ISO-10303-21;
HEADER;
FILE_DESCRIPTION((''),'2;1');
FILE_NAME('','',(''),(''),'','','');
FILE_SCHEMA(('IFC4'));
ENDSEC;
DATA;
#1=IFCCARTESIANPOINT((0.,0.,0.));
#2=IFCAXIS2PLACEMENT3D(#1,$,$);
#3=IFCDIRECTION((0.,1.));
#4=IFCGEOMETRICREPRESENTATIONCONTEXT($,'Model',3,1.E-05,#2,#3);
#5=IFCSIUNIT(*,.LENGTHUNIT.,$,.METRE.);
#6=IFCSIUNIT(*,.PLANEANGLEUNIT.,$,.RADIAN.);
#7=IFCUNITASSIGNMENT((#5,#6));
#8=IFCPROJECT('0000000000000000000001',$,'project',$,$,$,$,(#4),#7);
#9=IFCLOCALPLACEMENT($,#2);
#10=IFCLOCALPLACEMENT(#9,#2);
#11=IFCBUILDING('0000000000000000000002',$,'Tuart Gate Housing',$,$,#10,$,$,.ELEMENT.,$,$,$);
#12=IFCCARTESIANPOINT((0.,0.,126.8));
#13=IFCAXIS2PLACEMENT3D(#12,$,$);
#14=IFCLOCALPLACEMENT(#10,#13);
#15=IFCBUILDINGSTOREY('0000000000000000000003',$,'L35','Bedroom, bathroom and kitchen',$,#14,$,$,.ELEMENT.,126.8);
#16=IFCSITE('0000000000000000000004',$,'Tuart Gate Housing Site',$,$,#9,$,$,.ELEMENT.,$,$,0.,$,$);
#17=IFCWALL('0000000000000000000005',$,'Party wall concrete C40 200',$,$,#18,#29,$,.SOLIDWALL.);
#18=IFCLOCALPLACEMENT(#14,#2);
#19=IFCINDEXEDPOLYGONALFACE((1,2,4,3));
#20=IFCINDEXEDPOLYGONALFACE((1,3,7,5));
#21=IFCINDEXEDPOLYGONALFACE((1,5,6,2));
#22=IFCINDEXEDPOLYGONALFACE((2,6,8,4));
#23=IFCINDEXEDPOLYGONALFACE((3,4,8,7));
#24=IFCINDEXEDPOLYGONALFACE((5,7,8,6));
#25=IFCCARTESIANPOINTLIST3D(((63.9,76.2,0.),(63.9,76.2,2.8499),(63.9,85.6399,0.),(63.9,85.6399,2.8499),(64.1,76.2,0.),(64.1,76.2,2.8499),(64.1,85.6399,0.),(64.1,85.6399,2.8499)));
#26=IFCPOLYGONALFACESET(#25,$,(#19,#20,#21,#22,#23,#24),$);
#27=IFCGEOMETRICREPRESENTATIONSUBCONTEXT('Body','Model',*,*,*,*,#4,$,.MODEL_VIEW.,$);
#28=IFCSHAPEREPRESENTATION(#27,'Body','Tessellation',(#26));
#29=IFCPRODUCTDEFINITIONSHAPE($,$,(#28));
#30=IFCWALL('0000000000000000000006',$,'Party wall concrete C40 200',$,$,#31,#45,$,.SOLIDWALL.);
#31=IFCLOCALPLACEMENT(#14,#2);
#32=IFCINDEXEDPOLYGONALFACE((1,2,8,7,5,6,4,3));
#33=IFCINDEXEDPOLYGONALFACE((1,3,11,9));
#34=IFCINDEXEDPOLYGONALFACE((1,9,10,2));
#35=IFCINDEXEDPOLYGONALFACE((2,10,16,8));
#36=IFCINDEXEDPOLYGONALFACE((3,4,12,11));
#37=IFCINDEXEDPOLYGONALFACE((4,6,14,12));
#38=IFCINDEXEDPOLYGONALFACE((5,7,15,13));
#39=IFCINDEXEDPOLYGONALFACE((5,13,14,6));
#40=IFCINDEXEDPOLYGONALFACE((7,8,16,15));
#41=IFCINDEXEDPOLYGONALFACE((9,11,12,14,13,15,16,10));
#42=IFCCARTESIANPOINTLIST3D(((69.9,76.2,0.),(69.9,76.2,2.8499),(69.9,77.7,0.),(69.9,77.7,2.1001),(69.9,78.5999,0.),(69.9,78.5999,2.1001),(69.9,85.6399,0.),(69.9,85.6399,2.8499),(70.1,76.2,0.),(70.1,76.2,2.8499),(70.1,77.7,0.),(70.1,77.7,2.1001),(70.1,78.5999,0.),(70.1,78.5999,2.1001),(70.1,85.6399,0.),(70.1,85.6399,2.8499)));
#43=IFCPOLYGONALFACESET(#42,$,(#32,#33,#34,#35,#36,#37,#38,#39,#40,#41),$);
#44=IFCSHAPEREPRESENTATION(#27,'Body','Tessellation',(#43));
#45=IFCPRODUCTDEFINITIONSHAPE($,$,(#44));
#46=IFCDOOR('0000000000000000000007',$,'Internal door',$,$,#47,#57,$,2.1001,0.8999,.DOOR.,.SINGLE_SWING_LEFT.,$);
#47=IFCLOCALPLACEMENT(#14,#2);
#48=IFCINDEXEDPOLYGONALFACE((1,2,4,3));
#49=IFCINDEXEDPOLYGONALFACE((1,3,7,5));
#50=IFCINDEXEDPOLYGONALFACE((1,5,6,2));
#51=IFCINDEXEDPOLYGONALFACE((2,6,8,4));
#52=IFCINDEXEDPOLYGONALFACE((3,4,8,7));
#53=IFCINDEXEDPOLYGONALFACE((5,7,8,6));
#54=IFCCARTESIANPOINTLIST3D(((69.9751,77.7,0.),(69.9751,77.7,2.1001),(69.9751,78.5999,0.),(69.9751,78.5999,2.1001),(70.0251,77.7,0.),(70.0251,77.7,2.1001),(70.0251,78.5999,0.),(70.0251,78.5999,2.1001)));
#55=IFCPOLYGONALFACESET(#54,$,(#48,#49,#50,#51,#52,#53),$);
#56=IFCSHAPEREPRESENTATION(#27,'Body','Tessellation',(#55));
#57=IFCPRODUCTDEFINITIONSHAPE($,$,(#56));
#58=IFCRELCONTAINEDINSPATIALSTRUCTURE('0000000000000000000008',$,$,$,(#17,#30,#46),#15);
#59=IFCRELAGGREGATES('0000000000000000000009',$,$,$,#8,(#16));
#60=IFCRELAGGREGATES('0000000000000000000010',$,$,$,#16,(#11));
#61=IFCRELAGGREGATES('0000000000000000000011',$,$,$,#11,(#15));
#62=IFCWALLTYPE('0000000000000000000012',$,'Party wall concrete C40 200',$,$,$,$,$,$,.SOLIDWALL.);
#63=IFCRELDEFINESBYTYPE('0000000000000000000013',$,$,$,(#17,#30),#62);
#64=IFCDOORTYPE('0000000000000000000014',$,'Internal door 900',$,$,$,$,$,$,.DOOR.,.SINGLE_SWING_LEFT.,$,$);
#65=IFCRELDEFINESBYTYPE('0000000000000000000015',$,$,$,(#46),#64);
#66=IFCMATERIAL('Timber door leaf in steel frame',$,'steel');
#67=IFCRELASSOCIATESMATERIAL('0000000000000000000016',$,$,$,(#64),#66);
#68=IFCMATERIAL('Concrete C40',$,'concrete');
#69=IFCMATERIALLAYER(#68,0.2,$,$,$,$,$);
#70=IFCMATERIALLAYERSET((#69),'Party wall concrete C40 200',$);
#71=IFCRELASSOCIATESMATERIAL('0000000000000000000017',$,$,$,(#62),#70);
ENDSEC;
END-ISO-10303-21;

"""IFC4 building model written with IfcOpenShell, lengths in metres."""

from ifc_helpers import new_model, si_unit, direction, frame, frame_2d, origin, place, context, subcontext, project, spatial, rectangle, extrude, material, layer, layer_set, type_object, element, fill, save


model = new_model("IFC4")

# Units and contexts
model_context = context("Model", 3, precision=1e-05, world=origin(), true_north=direction((0.0, 1.0)))
body_context = subcontext(model_context, "Body", "Model", "MODEL_VIEW")
ifc_project = project(units=[si_unit("LENGTHUNIT", "METRE"), si_unit("PLANEANGLEUNIT", "RADIAN")], contexts=[model_context])

# Site, building, storey
site_placement = place(None, origin())
site = spatial("IfcSite", under=ifc_project, at=site_placement, Name="Tuart Gate Housing Site", CompositionType="ELEMENT", RefElevation=0.0)
building_placement = place(site_placement, origin())
building = spatial("IfcBuilding", under=site, at=building_placement, Name="Tuart Gate Housing", CompositionType="ELEMENT")
storey_placement = place(building_placement, frame((0.0, 0.0, 126.8)))
storey = spatial("IfcBuildingStorey", under=building, at=storey_placement, Name="L35", Description="Bedroom, bathroom and kitchen", CompositionType="ELEMENT", Elevation=126.8)

# Shared definitions
ifc_material_1 = material(Name="Timber door leaf in steel frame", Category="steel")
door_type_1 = type_object("IfcDoorType", Name="Internal door 900", OperationType="SINGLE_SWING_LEFT", PredefinedType="DOOR", material=ifc_material_1)

# Shared definitions
ifc_material_2 = material(Name="Concrete C40", Category="concrete")
ifc_layer_1 = layer(ifc_material_2, 0.2)
ifc_layer_set_1 = layer_set([ifc_layer_1], Name="Party wall concrete C40 200")
wall_type_1 = type_object("IfcWallType", Name="Party wall concrete C40 200", PredefinedType="SOLIDWALL", material=ifc_layer_set_1)

# Wall
wall_1_placement = place(storey_placement, frame((64.0, 76.2, 0.0), z_axis=(0.0, 0.0, 1.0), x_axis=(0.0, 1.0, 0.0)))
element("IfcWall", 1, at=wall_1_placement, inside=storey, type_object=wall_type_1, Name="Party wall concrete C40 200", PredefinedType="SOLIDWALL", context=body_context, shape_type="SweptSolid", body=[
    extrude(rectangle(XDim=9.4399, YDim=0.2, at=frame_2d((4.72, 0.0))), origin(), (0.0, 0.0, 1.0), 2.8499),
])

# Wall, opening, door
wall_2_placement = place(storey_placement, frame((70.0, 76.2, 0.0), z_axis=(0.0, 0.0, 1.0), x_axis=(0.0, 1.0, 0.0)))
wall_2 = element("IfcWall", 2, at=wall_2_placement, inside=storey, type_object=wall_type_1, Name="Party wall concrete C40 200", PredefinedType="SOLIDWALL", context=body_context, shape_type="SweptSolid", body=[
    extrude(rectangle(XDim=9.4399, YDim=0.2, at=frame_2d((4.72, 0.0))), origin(), (0.0, 0.0, 1.0), 2.8499),
])
opening_1_placement = place(wall_2_placement, frame((1.5, 0.0, 0.0)))
opening_1 = element("IfcOpeningElement", 3, at=opening_1_placement, cuts=wall_2, PredefinedType="OPENING", context=body_context, shape_type="SweptSolid", body=[
    extrude(rectangle(XDim=0.8999, YDim=2.1001, at=frame_2d((0.45, 1.05))), frame((0.0, 0.1099, 0.0), z_axis=(0.0, -1.0, 0.0), x_axis=(1.0, 0.0, 0.0)), (0.0, 0.0, 1.0), 0.22),
])
door_1_placement = place(opening_1_placement, origin())
door_1 = element("IfcDoor", 4, at=door_1_placement, inside=storey, type_object=door_type_1, Name="Internal door", OperationType="SINGLE_SWING_LEFT", OverallHeight=2.1001, OverallWidth=0.8999, PredefinedType="DOOR", context=body_context, shape_type="SweptSolid", body=[
    extrude(rectangle(XDim=0.8999, YDim=2.1001, at=frame_2d((0.45, 1.05))), frame((0.0, 0.0249, 0.0), z_axis=(0.0, -1.0, 0.0), x_axis=(1.0, 0.0, 0.0)), (0.0, 0.0, 1.0), 0.05),
])
fill(opening_1, door_1)

save(model, "model.ifc")
